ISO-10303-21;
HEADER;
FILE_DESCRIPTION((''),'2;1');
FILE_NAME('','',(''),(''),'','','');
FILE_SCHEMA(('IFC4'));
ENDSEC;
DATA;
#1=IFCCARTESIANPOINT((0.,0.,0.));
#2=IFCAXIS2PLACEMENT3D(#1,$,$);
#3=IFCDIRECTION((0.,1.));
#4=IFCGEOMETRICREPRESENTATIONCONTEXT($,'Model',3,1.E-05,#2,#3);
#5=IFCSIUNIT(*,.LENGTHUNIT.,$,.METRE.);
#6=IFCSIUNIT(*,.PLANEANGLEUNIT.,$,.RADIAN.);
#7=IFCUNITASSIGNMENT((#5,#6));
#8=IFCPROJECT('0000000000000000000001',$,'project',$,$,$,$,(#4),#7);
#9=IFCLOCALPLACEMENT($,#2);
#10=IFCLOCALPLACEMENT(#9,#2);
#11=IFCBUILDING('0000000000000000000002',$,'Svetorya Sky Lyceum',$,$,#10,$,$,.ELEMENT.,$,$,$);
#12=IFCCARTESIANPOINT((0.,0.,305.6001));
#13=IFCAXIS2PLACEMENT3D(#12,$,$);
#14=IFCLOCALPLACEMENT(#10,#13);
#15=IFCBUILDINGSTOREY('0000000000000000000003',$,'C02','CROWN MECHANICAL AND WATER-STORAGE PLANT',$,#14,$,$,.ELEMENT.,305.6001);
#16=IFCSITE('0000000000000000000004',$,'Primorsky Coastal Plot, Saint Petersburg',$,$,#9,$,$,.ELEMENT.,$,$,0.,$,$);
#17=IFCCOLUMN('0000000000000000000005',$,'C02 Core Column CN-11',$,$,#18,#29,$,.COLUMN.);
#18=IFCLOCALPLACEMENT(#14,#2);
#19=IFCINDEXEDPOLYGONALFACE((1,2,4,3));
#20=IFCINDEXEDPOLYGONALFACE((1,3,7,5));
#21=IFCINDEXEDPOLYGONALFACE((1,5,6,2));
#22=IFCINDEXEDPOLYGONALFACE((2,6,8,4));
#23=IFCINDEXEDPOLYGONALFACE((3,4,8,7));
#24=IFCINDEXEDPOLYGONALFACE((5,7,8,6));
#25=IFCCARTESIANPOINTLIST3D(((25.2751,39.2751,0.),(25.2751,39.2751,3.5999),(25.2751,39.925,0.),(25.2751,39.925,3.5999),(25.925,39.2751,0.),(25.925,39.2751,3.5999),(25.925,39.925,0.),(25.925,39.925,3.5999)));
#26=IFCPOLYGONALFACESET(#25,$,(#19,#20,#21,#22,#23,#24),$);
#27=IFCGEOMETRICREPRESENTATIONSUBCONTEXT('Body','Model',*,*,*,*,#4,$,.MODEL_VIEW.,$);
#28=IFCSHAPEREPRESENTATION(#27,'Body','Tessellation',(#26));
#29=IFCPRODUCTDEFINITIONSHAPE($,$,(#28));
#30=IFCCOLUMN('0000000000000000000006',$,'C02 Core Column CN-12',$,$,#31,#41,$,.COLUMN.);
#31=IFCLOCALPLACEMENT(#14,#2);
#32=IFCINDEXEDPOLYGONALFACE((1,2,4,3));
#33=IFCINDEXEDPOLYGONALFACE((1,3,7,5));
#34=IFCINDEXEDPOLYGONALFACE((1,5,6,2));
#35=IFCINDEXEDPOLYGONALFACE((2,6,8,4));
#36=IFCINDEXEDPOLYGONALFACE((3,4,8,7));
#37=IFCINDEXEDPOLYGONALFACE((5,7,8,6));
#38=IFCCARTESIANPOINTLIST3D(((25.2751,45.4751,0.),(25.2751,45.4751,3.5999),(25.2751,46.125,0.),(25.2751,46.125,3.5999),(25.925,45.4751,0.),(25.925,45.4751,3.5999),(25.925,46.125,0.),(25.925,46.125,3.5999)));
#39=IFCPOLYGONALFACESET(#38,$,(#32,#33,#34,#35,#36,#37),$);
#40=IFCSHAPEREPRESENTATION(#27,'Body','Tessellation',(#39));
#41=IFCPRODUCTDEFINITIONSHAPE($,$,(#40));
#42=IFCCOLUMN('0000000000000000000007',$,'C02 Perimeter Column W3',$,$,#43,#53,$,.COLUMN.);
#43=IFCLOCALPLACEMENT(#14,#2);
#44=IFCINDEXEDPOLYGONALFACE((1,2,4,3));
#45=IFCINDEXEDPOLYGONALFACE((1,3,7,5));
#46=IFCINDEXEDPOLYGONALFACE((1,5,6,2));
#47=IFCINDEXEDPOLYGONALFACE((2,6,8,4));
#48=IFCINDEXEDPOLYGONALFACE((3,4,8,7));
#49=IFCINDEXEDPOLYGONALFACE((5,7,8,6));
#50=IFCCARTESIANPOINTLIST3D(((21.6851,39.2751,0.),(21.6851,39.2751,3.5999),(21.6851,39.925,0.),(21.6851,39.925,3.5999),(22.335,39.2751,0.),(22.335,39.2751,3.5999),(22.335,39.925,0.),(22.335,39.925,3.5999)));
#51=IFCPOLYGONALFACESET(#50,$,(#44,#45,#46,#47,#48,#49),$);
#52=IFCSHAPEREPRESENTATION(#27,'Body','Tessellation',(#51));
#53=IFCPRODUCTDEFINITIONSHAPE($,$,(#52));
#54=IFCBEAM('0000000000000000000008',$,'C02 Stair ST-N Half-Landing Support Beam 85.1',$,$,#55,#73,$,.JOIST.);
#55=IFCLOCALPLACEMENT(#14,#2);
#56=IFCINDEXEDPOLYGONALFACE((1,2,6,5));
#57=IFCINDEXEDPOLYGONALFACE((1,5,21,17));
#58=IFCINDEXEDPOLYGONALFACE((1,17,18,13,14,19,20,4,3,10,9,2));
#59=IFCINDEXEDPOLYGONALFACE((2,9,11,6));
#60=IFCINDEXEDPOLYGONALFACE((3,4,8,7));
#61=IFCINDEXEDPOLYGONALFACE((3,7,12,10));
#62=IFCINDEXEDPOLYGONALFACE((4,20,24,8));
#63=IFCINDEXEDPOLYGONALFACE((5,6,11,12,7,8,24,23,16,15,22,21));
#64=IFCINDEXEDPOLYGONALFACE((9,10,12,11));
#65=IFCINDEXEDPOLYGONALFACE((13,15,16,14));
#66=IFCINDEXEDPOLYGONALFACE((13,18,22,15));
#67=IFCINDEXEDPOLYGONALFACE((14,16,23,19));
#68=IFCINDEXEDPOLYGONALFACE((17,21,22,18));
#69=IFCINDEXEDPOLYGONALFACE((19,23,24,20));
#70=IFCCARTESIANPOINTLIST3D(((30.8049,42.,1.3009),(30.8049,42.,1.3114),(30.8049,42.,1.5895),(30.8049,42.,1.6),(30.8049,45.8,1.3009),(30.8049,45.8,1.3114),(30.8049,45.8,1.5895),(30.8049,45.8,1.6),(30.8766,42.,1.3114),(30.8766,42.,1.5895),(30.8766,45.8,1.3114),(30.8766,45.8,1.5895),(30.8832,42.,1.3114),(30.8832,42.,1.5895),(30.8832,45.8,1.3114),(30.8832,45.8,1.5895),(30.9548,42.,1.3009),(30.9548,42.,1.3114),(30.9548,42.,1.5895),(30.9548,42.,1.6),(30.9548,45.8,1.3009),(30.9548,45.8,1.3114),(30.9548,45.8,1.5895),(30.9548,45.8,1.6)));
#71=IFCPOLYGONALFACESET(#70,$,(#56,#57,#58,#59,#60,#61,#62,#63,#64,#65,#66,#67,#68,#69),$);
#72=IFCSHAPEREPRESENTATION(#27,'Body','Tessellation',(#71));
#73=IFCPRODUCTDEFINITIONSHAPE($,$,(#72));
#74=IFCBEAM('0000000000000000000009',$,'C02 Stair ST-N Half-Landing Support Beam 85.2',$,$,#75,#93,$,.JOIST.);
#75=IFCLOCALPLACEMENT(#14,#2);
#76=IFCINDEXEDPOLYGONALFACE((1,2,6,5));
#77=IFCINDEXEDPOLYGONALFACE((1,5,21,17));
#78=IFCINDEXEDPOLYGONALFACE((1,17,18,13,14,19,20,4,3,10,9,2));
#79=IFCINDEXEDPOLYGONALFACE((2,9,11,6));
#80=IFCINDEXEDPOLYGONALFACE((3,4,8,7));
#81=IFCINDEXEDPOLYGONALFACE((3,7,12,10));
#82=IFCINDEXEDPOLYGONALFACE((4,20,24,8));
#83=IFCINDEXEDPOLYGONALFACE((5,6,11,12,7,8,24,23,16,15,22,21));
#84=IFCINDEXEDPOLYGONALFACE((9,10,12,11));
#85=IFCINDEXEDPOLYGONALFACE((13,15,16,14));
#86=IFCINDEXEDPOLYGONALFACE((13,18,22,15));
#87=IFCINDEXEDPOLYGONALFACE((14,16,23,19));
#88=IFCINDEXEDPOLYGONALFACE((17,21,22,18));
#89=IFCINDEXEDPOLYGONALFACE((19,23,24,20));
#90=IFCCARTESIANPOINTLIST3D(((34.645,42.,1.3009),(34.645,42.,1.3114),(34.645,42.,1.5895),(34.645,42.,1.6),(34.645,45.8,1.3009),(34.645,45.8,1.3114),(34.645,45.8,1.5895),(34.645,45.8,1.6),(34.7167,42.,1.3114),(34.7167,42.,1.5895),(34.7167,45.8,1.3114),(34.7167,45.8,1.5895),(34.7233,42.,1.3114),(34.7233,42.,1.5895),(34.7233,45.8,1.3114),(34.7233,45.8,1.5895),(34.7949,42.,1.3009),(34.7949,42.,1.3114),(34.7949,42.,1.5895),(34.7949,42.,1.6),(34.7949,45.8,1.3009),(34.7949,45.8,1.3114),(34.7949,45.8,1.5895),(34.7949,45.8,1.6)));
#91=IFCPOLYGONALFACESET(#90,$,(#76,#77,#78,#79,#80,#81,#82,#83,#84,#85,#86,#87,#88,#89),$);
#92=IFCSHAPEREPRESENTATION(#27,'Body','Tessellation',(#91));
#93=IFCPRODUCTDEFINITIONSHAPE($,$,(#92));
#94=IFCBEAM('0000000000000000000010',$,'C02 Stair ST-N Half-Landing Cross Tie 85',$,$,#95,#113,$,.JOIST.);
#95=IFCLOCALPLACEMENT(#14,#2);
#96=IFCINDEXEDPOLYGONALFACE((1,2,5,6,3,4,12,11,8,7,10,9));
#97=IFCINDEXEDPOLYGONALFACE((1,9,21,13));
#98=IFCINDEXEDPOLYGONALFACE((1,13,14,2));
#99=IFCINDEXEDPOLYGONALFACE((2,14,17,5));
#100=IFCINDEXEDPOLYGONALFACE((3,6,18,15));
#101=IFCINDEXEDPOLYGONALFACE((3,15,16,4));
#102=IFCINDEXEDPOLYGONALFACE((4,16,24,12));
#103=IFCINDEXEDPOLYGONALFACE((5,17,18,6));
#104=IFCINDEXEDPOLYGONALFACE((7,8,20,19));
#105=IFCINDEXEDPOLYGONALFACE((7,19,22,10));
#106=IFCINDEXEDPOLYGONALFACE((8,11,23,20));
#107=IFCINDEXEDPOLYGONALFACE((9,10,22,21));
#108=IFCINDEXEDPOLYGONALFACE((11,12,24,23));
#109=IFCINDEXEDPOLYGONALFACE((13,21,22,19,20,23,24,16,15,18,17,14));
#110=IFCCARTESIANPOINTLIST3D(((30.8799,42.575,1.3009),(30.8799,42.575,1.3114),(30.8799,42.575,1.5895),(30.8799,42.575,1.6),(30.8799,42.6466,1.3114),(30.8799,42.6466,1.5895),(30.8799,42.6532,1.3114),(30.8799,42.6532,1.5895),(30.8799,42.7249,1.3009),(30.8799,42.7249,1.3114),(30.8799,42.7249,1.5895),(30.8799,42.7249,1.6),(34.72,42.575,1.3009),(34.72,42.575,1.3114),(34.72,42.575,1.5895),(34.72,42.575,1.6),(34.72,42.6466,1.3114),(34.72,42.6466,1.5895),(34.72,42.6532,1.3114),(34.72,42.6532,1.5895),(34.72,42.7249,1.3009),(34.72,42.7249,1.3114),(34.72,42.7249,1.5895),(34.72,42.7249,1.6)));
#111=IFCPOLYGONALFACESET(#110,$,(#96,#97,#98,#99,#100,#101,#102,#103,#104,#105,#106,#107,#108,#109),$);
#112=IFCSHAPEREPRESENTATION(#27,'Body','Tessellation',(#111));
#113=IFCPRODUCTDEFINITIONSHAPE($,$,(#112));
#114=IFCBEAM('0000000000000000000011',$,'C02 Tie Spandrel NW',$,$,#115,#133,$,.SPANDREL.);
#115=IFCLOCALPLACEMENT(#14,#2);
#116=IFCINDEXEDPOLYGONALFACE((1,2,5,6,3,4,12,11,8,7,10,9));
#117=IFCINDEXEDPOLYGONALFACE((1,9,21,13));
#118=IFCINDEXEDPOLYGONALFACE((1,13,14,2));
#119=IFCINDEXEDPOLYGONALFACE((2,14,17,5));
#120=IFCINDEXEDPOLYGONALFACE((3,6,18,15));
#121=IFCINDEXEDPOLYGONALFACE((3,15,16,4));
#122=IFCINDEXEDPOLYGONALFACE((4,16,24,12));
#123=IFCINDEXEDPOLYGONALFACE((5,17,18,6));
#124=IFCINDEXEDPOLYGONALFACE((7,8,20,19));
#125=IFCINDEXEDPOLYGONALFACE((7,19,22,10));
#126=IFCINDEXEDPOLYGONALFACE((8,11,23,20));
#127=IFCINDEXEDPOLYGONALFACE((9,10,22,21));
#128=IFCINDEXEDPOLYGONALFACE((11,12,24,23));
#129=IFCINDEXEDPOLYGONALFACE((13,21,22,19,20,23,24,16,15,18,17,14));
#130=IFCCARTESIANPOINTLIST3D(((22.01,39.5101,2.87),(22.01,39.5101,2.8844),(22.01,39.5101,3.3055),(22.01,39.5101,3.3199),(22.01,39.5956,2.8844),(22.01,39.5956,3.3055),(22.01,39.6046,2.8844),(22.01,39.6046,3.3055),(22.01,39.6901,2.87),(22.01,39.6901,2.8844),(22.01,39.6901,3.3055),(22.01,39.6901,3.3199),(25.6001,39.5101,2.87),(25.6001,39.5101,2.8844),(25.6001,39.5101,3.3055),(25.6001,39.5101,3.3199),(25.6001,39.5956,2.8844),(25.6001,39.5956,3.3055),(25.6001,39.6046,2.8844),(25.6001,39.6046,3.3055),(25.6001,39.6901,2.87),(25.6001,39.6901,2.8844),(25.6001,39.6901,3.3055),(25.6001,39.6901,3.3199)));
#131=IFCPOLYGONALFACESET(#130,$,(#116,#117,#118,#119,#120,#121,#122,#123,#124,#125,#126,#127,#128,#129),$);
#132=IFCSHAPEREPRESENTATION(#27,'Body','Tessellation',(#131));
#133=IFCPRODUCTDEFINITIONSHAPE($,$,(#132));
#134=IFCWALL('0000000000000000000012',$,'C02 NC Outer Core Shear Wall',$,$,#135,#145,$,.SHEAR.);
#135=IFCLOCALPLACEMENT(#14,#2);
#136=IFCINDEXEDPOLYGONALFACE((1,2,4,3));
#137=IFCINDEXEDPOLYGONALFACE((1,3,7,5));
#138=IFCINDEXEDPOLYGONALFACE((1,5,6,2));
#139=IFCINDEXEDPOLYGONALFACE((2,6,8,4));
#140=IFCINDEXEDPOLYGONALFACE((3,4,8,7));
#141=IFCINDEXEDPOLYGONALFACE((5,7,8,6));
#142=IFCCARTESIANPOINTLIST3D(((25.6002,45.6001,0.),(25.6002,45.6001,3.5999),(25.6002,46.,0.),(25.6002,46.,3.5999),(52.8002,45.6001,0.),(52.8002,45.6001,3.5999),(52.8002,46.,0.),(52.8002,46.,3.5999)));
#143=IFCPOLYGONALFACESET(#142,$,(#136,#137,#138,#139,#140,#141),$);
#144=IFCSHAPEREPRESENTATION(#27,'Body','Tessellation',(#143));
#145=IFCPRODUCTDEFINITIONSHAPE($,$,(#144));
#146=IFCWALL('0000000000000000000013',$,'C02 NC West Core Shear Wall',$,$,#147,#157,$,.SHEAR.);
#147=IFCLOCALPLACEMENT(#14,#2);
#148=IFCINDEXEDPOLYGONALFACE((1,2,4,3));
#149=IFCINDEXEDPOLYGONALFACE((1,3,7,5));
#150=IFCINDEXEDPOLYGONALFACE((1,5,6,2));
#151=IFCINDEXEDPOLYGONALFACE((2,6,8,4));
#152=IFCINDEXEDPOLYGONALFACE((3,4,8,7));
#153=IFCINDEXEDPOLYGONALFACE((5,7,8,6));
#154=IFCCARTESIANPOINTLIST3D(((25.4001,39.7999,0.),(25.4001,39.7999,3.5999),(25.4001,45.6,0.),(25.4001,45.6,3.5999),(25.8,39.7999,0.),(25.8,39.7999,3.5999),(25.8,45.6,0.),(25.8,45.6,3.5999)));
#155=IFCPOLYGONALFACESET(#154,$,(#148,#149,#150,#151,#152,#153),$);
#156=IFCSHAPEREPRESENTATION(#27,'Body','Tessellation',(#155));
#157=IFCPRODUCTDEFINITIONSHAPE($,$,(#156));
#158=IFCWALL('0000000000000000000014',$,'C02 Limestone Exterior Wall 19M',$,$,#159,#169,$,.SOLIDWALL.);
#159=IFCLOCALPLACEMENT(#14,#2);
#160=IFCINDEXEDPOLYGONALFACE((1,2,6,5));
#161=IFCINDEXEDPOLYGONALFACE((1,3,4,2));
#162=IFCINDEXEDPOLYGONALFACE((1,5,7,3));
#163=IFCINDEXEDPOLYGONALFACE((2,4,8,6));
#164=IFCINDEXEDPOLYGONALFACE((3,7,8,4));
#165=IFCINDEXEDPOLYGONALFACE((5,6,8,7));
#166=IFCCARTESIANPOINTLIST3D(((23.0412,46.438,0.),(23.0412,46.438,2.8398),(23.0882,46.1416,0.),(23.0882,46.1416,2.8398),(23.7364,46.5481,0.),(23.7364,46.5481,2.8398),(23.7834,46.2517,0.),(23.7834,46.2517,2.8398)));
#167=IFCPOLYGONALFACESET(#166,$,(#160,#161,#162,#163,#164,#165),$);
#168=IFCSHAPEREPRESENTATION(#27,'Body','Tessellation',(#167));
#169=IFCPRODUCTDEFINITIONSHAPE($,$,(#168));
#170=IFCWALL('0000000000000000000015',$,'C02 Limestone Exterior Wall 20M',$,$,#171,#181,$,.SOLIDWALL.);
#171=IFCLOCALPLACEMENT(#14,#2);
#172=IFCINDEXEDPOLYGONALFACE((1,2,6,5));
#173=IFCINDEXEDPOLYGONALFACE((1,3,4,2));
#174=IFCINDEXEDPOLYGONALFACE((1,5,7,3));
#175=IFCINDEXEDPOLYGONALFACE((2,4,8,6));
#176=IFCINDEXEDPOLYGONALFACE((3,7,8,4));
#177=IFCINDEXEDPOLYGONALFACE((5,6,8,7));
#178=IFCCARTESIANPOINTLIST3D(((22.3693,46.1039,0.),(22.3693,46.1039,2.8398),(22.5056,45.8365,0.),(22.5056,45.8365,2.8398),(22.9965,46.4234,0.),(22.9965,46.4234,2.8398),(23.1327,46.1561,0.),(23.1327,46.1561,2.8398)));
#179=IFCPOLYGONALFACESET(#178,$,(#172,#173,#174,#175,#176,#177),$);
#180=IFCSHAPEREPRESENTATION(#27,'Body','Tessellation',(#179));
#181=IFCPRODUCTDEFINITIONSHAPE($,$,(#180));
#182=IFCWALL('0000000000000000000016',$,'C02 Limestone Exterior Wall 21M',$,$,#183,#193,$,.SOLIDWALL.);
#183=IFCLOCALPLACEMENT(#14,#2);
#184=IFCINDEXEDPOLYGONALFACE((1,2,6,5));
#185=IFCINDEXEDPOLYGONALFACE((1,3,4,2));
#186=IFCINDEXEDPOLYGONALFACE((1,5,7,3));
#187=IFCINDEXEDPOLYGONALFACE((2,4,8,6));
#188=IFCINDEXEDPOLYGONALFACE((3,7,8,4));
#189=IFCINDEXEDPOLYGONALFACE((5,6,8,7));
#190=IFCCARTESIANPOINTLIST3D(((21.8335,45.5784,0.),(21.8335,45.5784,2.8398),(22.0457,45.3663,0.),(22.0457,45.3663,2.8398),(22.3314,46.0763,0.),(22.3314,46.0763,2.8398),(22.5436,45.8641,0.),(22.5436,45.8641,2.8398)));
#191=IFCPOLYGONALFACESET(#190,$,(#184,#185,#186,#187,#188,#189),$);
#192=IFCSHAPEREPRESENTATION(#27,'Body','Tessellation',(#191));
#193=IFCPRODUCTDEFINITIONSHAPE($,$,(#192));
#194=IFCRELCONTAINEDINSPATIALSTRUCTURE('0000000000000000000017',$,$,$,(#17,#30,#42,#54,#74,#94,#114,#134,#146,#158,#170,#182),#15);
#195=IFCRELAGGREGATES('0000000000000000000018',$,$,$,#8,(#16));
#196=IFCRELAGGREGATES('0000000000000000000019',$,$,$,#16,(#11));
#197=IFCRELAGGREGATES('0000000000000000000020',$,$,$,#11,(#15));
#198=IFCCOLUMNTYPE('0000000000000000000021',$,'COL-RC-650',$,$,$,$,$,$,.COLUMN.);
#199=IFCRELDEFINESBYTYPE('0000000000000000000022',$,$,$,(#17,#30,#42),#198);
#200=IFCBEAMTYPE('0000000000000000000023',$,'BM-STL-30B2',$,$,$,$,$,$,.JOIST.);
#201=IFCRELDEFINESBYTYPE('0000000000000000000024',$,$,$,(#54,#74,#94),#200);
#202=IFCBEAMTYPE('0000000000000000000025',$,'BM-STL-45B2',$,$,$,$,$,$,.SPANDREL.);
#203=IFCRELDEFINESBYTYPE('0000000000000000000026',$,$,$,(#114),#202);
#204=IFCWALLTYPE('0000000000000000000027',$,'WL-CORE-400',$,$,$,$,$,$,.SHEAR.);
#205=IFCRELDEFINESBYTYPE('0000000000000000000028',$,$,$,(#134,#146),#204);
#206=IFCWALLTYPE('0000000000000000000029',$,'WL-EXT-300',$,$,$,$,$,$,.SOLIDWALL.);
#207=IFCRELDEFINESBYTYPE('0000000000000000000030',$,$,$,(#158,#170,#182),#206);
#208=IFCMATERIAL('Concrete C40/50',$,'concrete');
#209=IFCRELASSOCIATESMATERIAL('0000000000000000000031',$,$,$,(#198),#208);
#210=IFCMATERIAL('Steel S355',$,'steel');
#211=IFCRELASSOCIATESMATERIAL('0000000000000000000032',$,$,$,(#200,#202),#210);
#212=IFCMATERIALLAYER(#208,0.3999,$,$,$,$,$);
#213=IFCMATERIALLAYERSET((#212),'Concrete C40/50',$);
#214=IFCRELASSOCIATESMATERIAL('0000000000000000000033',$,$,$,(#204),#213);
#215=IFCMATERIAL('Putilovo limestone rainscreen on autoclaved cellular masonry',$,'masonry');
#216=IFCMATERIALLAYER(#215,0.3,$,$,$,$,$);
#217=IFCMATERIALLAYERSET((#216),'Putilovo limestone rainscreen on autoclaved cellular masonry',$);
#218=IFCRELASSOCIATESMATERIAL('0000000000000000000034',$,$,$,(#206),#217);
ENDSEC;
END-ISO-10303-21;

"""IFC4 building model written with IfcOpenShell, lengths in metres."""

from ifc_helpers import new_model, si_unit, direction, frame, frame_2d, origin, origin_2d, place, context, subcontext, project, spatial, rectangle, i_section, extrude, material, layer, layer_set, material_profile, profile_set, type_object, element, save


model = new_model("IFC4")

# Units and contexts
model_context = context("Model", 3, precision=1e-05, world=origin(), true_north=direction((0.0, 1.0)))
body_context = subcontext(model_context, "Body", "Model", "MODEL_VIEW")
ifc_project = project(units=[si_unit("LENGTHUNIT", "METRE"), si_unit("PLANEANGLEUNIT", "RADIAN")], contexts=[model_context])

# Site, building, storey
site_placement = place(None, origin())
site = spatial("IfcSite", under=ifc_project, at=site_placement, Name="Primorsky Coastal Plot, Saint Petersburg", CompositionType="ELEMENT", RefElevation=0.0)
building_placement = place(site_placement, origin())
building = spatial("IfcBuilding", under=site, at=building_placement, Name="Svetorya Sky Lyceum", CompositionType="ELEMENT")
storey_placement = place(building_placement, frame((0.0, 0.0, 305.6001)))
storey = spatial("IfcBuildingStorey", under=building, at=storey_placement, Name="C02", Description="CROWN MECHANICAL AND WATER-STORAGE PLANT", CompositionType="ELEMENT", Elevation=305.6001)

# Columns
ifc_material_1 = material(Name="Concrete C40/50", Category="concrete")
ifc_material_profile_1 = material_profile(ifc_material_1, rectangle(XDim=0.6499, YDim=0.6499, at=origin_2d()), Name="RC COL 650x650")
ifc_profile_set_1 = profile_set([ifc_material_profile_1], Name="Concrete C40/50")
column_type = type_object("IfcColumnType", Name="COL-RC-650", PredefinedType="COLUMN", material=ifc_profile_set_1)
for number, where, z_axis, x_axis, name in (
    (1, (25.6001, 39.6001, 0.0), (0.0, 0.0, 1.0), (1.0, 0.0, 0.0), "C02 Core Column CN-11"),
    (2, (25.6001, 45.8, 0.0), (0.0, 0.0, 1.0), (1.0, 0.0, 0.0), "C02 Core Column CN-12"),
    (3, (22.01, 39.6001, 0.0), (0.0, 0.0, 1.0), (1.0, 0.0, 0.0), "C02 Perimeter Column W3"),
):
    element("IfcColumn", number, at=place(storey_placement, frame(where, z_axis=z_axis, x_axis=x_axis)), inside=storey, type_object=column_type, Name=name, PredefinedType="COLUMN", context=body_context, shape_type="SweptSolid", body=[
        extrude(rectangle(XDim=0.6499, YDim=0.6499, at=origin_2d()), origin(), (0.0, 0.0, 1.0), 3.5999),
    ])

# Beams
ifc_material_2 = material(Name="Steel S355", Category="steel")
ifc_material_profile_2 = material_profile(ifc_material_2, i_section(OverallWidth=0.1499, OverallDepth=0.2991, WebThickness=0.0066, FlangeThickness=0.0105, at=origin_2d()), Name="GOST 30B2")
ifc_profile_set_2 = profile_set([ifc_material_profile_2], Name="Steel S355")
beam_type_1 = type_object("IfcBeamType", Name="BM-STL-30B2", PredefinedType="JOIST", material=ifc_profile_set_2)
for number, where, z_axis, x_axis, name in (
    (4, (30.8799, 42.0, 1.4504), (0.0, 1.0, 0.0), (-1.0, 0.0, 0.0), "C02 Stair ST-N Half-Landing Support Beam 85.1"),
    (5, (34.72, 42.0, 1.4504), (0.0, 1.0, 0.0), (-1.0, 0.0, 0.0), "C02 Stair ST-N Half-Landing Support Beam 85.2"),
):
    element("IfcBeam", number, at=place(storey_placement, frame(where, z_axis=z_axis, x_axis=x_axis)), inside=storey, type_object=beam_type_1, Name=name, PredefinedType="JOIST", context=body_context, shape_type="SweptSolid", body=[
        extrude(i_section(OverallWidth=0.1499, OverallDepth=0.2991, WebThickness=0.0066, FlangeThickness=0.0105, at=origin_2d()), origin(), (0.0, 0.0, 1.0), 3.8),
    ])
beam_1_placement = place(storey_placement, frame((30.8799, 42.6499, 1.4504), z_axis=(1.0, 0.0, 0.0), x_axis=(0.0, 1.0, 0.0)))
element("IfcBeam", 6, at=beam_1_placement, inside=storey, type_object=beam_type_1, Name="C02 Stair ST-N Half-Landing Cross Tie 85", PredefinedType="JOIST", context=body_context, shape_type="SweptSolid", body=[
    extrude(i_section(OverallWidth=0.1499, OverallDepth=0.2991, WebThickness=0.0066, FlangeThickness=0.0105, at=origin_2d()), origin(), (0.0, 0.0, 1.0), 3.8401),
])
ifc_material_profile_3 = material_profile(ifc_material_2, i_section(OverallWidth=0.1799, OverallDepth=0.45, WebThickness=0.009, FlangeThickness=0.0144, at=origin_2d()), Name="GOST 45B2")
ifc_profile_set_3 = profile_set([ifc_material_profile_3], Name="Steel S355")
beam_type_2 = type_object("IfcBeamType", Name="BM-STL-45B2", PredefinedType="SPANDREL", material=ifc_profile_set_3)
beam_2_placement = place(storey_placement, frame((22.01, 39.6001, 3.095), z_axis=(1.0, 0.0, 0.0), x_axis=(0.0, 1.0, 0.0)))
element("IfcBeam", 7, at=beam_2_placement, inside=storey, type_object=beam_type_2, Name="C02 Tie Spandrel NW", PredefinedType="SPANDREL", context=body_context, shape_type="SweptSolid", body=[
    extrude(i_section(OverallWidth=0.1799, OverallDepth=0.45, WebThickness=0.009, FlangeThickness=0.0144, at=origin_2d()), origin(), (0.0, 0.0, 1.0), 3.5901),
])

# Walls
ifc_layer_1 = layer(ifc_material_1, 0.3999)
ifc_layer_set_1 = layer_set([ifc_layer_1], Name="Concrete C40/50")
wall_type_1 = type_object("IfcWallType", Name="WL-CORE-400", PredefinedType="SHEAR", material=ifc_layer_set_1)
wall_1_placement = place(storey_placement, frame((25.6001, 45.8, 0.0), z_axis=(0.0, 0.0, 1.0), x_axis=(1.0, 0.0, 0.0)))
element("IfcWall", 8, at=wall_1_placement, inside=storey, type_object=wall_type_1, Name="C02 NC Outer Core Shear Wall", PredefinedType="SHEAR", context=body_context, shape_type="SweptSolid", body=[
    extrude(rectangle(XDim=27.2, YDim=0.3999, at=frame_2d((13.6001, 0.0))), origin(), (0.0, 0.0, 1.0), 3.5999),
])
wall_2_placement = place(storey_placement, frame((25.6001, 39.8, 0.0), z_axis=(0.0, 0.0, 1.0), x_axis=(0.0, 1.0, 0.0)))
element("IfcWall", 9, at=wall_2_placement, inside=storey, type_object=wall_type_1, Name="C02 NC West Core Shear Wall", PredefinedType="SHEAR", context=body_context, shape_type="SweptSolid", body=[
    extrude(rectangle(XDim=5.8, YDim=0.3999, at=frame_2d((2.8999, 0.0))), origin(), (0.0, 0.0, 1.0), 3.5999),
])
ifc_material_3 = material(Name="Putilovo limestone rainscreen on autoclaved cellular masonry", Category="masonry")
ifc_layer_2 = layer(ifc_material_3, 0.3)
ifc_layer_set_2 = layer_set([ifc_layer_2], Name="Putilovo limestone rainscreen on autoclaved cellular masonry")
wall_type_2 = type_object("IfcWallType", Name="WL-EXT-300", PredefinedType="SOLIDWALL", material=ifc_layer_set_2)
for number, where, z_axis, x_axis, name in (
    (10, (23.76, 46.3999, 0.0), (0.0, 0.0, 1.0), (-0.987693, -0.156408, 0.0), "C02 Limestone Exterior Wall 19M"),
    (11, (23.0647, 46.2898, 0.0), (0.0, 0.0, 1.0), (-0.891002, -0.453999, 0.0), "C02 Limestone Exterior Wall 20M"),
):
    element("IfcWall", number, at=place(storey_placement, frame(where, z_axis=z_axis, x_axis=x_axis)), inside=storey, type_object=wall_type_2, Name=name, PredefinedType="SOLIDWALL", context=body_context, shape_type="SweptSolid", body=[
        extrude(rectangle(XDim=0.7039, YDim=0.3, at=frame_2d((0.3521, 0.0))), origin(), (0.0, 0.0, 1.0), 2.8398),
    ])
wall_3_placement = place(storey_placement, frame((22.4375, 45.9702, 0.0), z_axis=(0.0, 0.0, 1.0), x_axis=(-0.707107, -0.707107, 0.0)))
element("IfcWall", 12, at=wall_3_placement, inside=storey, type_object=wall_type_2, Name="C02 Limestone Exterior Wall 21M", PredefinedType="SOLIDWALL", context=body_context, shape_type="SweptSolid", body=[
    extrude(rectangle(XDim=0.7041, YDim=0.3, at=frame_2d((0.3521, 0.0))), origin(), (0.0, 0.0, 1.0), 2.8398),
])

save(model, "model.ifc")
